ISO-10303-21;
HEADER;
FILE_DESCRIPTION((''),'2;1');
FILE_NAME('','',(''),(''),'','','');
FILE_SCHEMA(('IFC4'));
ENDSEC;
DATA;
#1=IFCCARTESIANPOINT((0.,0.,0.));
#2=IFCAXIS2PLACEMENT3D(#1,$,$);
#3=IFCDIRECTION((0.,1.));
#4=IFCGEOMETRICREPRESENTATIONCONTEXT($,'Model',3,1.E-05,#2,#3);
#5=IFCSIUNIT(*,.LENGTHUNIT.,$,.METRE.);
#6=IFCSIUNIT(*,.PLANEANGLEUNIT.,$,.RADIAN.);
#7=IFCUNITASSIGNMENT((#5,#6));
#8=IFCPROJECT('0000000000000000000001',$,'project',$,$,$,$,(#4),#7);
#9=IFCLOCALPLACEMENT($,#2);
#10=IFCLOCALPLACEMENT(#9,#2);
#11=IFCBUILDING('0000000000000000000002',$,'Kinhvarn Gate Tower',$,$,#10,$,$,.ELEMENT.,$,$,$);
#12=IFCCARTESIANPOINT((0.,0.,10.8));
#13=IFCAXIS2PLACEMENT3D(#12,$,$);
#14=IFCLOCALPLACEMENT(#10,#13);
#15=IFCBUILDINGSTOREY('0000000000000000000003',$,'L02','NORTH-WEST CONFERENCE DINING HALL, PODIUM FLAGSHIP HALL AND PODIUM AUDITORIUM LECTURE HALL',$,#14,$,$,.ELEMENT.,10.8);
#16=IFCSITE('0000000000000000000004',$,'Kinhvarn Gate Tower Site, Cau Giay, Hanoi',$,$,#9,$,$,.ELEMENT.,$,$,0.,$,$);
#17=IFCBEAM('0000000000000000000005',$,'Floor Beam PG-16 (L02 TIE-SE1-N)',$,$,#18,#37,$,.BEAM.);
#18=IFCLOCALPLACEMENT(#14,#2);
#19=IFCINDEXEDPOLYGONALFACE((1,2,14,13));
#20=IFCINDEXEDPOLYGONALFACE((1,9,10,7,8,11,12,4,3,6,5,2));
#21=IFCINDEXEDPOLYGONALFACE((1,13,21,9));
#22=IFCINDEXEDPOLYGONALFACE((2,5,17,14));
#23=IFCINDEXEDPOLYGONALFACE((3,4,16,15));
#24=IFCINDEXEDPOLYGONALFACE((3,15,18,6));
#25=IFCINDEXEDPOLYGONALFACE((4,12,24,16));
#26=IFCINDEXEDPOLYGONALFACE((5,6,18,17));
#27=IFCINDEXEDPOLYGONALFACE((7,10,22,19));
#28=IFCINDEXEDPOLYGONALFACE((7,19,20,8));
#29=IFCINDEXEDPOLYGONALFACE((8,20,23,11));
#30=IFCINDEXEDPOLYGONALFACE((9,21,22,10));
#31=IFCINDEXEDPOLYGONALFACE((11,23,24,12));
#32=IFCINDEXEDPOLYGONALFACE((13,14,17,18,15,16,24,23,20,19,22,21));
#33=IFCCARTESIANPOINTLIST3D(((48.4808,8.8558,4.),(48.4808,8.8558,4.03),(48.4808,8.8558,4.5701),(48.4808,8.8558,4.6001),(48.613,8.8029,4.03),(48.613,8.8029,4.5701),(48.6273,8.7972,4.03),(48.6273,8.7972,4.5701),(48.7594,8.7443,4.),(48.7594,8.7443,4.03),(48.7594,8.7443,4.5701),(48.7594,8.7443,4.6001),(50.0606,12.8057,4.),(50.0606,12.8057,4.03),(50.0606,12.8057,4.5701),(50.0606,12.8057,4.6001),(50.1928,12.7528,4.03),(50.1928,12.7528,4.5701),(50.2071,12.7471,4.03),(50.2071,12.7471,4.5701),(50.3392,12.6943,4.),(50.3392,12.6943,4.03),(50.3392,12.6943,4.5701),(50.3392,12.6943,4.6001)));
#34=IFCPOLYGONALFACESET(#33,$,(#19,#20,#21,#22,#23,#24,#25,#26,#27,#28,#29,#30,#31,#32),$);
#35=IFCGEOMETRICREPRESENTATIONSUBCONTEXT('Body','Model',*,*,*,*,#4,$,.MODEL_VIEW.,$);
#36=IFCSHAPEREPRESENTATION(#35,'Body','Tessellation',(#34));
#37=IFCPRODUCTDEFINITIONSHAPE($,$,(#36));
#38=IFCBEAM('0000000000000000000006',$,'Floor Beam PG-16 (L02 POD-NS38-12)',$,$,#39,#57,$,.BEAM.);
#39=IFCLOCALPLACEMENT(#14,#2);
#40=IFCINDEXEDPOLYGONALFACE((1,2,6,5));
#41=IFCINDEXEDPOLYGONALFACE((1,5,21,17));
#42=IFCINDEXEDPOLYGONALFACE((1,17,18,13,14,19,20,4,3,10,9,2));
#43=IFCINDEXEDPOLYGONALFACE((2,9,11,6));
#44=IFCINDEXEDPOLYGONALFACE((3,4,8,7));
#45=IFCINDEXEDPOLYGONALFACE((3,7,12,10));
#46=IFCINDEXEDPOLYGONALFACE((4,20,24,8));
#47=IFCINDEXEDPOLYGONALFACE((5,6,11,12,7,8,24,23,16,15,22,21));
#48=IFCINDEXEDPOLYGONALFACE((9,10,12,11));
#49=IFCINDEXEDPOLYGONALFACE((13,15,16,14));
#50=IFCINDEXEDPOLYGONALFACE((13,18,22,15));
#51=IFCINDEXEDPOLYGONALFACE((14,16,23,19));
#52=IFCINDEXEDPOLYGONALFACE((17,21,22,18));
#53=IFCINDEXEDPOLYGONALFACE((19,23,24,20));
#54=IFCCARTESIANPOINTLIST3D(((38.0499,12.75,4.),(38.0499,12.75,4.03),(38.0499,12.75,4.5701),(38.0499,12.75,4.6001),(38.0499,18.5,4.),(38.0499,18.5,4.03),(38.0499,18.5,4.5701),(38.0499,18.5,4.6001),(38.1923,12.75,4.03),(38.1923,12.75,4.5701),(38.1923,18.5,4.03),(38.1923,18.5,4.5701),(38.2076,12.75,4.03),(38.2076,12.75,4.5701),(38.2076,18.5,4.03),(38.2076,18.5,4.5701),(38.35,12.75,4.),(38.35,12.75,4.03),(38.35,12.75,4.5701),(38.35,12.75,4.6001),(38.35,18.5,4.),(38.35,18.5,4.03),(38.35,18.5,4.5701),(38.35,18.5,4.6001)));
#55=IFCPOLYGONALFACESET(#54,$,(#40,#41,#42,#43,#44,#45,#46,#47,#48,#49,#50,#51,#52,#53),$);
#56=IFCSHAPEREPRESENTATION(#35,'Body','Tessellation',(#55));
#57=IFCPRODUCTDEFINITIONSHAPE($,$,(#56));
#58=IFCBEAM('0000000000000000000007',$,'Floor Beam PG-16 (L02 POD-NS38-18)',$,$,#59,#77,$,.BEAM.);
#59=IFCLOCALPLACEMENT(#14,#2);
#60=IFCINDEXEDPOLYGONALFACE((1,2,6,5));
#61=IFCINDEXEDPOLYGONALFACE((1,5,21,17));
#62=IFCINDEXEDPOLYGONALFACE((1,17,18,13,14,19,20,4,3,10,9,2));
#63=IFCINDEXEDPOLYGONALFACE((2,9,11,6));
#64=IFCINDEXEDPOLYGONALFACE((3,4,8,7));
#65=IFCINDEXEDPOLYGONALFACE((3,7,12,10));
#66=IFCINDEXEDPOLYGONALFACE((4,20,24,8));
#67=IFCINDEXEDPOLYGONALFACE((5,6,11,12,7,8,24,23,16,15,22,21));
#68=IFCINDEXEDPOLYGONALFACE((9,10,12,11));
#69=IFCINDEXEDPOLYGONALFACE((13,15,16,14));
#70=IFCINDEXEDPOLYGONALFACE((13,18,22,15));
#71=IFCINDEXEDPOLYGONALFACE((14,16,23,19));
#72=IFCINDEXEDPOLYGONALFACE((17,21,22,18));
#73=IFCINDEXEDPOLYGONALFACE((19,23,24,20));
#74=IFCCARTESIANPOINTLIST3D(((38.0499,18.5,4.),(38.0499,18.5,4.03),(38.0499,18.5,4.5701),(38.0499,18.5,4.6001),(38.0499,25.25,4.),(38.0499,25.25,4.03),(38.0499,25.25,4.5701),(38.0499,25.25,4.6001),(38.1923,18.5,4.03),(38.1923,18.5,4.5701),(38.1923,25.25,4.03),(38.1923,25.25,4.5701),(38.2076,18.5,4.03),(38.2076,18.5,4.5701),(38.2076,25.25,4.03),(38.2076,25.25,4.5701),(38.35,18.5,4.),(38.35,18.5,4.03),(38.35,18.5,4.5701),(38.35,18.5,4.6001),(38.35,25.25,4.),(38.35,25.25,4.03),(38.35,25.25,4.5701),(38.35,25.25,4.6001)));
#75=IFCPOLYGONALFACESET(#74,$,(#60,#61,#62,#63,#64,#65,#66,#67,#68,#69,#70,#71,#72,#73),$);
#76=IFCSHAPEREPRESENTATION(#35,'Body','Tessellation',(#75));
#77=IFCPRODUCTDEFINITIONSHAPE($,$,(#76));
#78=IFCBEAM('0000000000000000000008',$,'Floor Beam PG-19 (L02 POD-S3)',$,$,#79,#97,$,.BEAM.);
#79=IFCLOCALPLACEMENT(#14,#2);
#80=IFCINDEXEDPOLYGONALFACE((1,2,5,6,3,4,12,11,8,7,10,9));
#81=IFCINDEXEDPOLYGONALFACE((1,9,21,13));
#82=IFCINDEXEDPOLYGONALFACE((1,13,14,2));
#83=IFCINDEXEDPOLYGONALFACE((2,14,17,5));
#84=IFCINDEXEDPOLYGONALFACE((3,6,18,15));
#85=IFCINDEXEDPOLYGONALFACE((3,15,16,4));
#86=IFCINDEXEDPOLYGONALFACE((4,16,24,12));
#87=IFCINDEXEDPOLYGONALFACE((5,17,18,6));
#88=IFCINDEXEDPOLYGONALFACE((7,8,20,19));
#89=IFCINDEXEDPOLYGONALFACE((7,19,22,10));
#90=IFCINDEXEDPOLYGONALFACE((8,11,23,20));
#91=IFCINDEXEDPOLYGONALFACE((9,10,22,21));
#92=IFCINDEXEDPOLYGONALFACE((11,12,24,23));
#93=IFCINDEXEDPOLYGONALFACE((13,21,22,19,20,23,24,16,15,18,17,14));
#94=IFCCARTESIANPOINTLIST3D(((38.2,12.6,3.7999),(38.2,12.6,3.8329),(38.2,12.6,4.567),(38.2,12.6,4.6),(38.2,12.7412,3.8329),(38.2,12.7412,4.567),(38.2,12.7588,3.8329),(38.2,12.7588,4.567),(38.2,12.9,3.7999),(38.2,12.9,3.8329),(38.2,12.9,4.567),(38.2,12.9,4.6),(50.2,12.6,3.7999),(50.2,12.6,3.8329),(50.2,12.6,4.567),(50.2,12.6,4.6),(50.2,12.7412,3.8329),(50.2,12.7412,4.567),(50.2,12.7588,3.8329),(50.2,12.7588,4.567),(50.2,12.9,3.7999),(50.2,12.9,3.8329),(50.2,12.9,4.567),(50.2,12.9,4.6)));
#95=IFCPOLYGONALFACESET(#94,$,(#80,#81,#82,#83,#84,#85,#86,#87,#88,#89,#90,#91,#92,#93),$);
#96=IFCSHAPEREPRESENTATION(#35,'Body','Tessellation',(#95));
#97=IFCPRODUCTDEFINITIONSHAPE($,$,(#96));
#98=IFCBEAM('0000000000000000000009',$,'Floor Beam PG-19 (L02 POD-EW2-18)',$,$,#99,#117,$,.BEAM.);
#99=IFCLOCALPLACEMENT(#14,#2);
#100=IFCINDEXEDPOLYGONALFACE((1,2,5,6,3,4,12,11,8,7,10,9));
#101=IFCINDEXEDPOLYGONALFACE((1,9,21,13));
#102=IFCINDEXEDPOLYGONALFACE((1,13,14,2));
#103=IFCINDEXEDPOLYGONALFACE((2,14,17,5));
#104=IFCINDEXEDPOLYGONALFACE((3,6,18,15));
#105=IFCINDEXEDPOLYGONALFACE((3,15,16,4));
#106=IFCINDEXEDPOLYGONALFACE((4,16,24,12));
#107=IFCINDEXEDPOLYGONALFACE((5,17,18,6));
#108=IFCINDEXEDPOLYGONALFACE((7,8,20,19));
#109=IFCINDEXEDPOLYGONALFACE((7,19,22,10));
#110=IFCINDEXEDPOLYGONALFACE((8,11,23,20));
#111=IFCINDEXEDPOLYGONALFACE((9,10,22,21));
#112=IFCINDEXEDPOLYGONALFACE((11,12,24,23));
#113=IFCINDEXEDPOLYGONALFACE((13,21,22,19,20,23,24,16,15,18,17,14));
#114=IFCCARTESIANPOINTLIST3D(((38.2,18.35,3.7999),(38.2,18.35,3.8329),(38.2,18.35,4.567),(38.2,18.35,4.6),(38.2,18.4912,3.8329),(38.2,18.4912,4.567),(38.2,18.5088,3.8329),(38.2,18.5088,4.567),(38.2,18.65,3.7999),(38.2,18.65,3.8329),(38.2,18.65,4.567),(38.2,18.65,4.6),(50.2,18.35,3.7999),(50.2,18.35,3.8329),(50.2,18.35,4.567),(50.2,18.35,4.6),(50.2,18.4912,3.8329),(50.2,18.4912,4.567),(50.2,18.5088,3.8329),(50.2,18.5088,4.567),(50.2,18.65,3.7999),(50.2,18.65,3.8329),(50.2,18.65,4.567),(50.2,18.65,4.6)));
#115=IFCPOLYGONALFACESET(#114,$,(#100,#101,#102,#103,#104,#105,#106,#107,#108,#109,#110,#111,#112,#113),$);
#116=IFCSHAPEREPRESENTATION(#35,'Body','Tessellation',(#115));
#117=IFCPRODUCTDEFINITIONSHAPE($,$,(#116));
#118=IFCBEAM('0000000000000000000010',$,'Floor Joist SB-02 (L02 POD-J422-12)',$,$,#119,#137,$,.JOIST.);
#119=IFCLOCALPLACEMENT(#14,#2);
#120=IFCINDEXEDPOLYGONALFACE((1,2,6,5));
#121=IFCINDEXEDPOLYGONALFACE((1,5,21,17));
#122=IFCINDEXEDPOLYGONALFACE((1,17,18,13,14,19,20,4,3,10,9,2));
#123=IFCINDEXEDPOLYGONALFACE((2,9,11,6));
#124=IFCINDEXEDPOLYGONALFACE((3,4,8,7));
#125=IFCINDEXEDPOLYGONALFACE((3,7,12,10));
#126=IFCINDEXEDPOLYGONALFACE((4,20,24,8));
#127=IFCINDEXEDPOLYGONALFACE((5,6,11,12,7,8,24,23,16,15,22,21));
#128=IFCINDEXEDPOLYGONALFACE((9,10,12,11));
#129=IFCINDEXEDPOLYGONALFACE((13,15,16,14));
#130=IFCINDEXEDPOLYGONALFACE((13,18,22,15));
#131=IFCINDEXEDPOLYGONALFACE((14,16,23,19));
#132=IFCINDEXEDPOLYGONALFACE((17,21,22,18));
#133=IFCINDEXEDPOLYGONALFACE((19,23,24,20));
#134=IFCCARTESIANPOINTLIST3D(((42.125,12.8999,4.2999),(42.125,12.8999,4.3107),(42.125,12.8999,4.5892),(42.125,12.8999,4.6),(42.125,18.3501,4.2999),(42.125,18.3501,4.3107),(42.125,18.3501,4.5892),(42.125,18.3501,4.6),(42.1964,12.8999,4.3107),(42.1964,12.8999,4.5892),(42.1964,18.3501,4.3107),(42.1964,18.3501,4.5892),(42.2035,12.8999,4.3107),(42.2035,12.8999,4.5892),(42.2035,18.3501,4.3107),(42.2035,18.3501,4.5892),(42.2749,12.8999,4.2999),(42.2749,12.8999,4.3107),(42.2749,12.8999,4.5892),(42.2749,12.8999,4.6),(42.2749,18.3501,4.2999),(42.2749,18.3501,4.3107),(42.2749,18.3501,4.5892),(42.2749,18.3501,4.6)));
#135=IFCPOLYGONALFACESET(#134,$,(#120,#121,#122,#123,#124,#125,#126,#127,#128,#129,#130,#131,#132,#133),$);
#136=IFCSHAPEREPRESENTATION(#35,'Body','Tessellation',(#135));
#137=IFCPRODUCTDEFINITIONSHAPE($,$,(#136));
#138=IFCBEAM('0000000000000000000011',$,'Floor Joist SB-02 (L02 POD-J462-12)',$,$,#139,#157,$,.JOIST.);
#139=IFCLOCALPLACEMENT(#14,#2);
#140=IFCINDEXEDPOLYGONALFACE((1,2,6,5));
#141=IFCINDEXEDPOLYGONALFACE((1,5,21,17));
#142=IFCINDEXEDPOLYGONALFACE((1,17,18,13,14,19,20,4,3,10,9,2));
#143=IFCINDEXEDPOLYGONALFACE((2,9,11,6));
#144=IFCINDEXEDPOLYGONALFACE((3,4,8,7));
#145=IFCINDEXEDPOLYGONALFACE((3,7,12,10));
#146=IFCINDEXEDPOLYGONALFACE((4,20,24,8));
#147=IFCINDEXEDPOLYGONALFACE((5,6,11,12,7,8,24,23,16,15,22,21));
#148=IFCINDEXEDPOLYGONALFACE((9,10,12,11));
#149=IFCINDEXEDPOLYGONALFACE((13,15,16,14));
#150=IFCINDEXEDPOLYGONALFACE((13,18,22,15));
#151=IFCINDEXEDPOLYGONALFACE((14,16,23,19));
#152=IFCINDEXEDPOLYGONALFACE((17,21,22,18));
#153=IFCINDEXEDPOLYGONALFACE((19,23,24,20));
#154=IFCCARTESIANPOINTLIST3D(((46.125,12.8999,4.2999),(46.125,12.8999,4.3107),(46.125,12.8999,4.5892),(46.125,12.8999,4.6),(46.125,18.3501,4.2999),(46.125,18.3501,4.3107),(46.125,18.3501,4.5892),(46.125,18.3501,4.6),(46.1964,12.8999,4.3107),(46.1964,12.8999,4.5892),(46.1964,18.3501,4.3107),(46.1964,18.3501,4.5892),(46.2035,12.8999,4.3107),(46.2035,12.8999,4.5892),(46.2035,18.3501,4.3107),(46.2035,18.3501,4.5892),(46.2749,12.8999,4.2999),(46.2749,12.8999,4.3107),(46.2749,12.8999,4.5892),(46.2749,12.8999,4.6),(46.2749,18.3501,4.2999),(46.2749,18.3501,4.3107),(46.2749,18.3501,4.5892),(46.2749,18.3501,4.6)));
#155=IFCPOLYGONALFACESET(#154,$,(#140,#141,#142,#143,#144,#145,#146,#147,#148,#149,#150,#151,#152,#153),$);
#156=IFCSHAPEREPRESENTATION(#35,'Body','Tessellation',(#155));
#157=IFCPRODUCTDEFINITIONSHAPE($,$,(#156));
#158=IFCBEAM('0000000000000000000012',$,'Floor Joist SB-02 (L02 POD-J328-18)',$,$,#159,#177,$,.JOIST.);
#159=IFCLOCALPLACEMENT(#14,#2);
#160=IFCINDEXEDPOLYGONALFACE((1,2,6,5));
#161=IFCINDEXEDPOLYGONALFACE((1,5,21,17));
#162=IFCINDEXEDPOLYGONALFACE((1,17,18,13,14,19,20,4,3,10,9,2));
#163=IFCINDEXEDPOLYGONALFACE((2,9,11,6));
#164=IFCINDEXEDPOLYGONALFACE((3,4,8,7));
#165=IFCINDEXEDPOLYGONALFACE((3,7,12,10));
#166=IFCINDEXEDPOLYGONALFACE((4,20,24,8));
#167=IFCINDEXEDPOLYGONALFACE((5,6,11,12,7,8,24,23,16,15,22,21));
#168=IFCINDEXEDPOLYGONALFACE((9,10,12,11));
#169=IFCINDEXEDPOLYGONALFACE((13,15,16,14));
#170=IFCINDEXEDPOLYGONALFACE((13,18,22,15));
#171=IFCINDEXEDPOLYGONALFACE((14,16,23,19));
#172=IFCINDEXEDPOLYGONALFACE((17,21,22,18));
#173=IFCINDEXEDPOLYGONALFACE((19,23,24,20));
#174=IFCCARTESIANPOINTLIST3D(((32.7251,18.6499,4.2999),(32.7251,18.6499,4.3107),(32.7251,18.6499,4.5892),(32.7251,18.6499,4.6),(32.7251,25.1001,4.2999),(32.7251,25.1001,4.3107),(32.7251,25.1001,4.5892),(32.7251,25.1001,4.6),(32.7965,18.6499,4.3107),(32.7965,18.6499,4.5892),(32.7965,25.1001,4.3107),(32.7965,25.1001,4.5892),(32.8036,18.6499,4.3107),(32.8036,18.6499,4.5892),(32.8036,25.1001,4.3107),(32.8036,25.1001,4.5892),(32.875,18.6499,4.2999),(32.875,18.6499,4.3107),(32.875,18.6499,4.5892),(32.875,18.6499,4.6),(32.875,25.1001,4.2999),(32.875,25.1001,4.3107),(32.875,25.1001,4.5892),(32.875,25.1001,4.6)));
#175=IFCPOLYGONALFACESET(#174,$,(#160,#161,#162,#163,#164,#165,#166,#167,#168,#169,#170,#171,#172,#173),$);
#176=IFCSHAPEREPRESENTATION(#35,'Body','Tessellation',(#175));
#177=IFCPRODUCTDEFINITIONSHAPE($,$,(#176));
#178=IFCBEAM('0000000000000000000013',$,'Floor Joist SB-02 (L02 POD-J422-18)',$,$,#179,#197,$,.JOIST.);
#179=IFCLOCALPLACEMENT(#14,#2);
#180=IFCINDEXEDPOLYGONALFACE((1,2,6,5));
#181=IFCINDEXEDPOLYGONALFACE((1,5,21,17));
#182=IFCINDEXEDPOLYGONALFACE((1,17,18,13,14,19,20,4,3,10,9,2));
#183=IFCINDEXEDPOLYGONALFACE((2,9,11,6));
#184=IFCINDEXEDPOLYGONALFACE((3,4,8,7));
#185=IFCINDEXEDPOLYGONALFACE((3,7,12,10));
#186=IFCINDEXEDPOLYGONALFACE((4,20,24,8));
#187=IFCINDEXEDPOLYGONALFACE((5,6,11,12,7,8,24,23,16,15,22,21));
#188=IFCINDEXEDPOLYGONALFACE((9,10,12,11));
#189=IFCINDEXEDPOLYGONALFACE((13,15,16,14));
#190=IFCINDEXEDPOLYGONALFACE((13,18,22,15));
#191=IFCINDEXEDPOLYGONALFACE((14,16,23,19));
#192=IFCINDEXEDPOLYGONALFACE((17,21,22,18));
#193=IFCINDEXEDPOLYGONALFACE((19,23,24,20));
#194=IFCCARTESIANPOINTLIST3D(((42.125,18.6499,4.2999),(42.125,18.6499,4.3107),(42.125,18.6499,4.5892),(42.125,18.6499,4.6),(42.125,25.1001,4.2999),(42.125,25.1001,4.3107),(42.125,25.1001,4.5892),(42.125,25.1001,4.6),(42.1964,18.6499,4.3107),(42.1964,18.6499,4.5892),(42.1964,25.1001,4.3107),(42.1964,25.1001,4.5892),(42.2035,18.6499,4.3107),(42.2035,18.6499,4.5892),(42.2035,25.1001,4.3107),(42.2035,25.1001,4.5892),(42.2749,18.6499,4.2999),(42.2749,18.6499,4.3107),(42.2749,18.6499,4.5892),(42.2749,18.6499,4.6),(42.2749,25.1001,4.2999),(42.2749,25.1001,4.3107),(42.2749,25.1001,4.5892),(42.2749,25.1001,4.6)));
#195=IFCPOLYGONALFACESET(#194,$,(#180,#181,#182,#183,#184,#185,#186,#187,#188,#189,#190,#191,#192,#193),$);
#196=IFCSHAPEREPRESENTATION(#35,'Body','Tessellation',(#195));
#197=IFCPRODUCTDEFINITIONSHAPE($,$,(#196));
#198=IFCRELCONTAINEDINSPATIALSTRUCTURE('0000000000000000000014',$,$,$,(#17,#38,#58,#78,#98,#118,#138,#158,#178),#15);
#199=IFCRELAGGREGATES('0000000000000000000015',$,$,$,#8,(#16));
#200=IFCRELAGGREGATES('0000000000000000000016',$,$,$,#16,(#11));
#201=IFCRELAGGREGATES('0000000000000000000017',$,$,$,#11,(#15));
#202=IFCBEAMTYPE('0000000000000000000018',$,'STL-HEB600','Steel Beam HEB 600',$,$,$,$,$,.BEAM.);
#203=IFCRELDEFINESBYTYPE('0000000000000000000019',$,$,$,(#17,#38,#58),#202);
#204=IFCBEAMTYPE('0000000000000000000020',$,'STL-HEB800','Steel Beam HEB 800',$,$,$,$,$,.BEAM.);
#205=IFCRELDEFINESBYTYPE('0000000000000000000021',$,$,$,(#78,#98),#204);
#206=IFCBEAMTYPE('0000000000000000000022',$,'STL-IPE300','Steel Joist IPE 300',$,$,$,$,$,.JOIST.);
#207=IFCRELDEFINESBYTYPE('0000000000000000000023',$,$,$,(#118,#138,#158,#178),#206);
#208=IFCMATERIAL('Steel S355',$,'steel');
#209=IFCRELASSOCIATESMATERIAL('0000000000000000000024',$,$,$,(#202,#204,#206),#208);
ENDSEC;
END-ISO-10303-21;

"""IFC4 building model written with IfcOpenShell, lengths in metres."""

from ifc_helpers import new_model, si_unit, direction, frame, origin, origin_2d, place, context, subcontext, project, spatial, i_section, extrude, material, material_profile, profile_set, type_object, element, save


model = new_model("IFC4")

# Units and contexts
model_context = context("Model", 3, precision=1e-05, world=origin(), true_north=direction((0.0, 1.0)))
body_context = subcontext(model_context, "Body", "Model", "MODEL_VIEW")
ifc_project = project(units=[si_unit("LENGTHUNIT", "METRE"), si_unit("PLANEANGLEUNIT", "RADIAN")], contexts=[model_context])

# Site, building, storey
site_placement = place(None, origin())
site = spatial("IfcSite", under=ifc_project, at=site_placement, Name="Kinhvarn Gate Tower Site, Cau Giay, Hanoi", CompositionType="ELEMENT", RefElevation=0.0)
building_placement = place(site_placement, origin())
building = spatial("IfcBuilding", under=site, at=building_placement, Name="Kinhvarn Gate Tower", CompositionType="ELEMENT")
storey_placement = place(building_placement, frame((0.0, 0.0, 10.8)))
storey = spatial("IfcBuildingStorey", under=building, at=storey_placement, Name="L02", Description="NORTH-WEST CONFERENCE DINING HALL, PODIUM FLAGSHIP HALL AND PODIUM AUDITORIUM LECTURE HALL", CompositionType="ELEMENT", Elevation=10.8)

# Beams
ifc_material_1 = material(Name="Steel S355", Category="steel")
ifc_material_profile_1 = material_profile(ifc_material_1, i_section(OverallWidth=0.3, OverallDepth=0.6001, WebThickness=0.0154, FlangeThickness=0.03, at=origin_2d()), Name="HEB 600")
ifc_profile_set_1 = profile_set([ifc_material_profile_1], Name="Steel S355")
beam_type_1 = type_object("IfcBeamType", Name="STL-HEB600", Description="Steel Beam HEB 600", PredefinedType="BEAM", material=ifc_profile_set_1)
beam_1_placement = place(storey_placement, frame((48.6201, 8.8, 4.3), z_axis=(0.371361, 0.928489, 0.0), x_axis=(-0.928489, 0.371361, 0.0)))
element("IfcBeam", 1, at=beam_1_placement, inside=storey, type_object=beam_type_1, Name="Floor Beam PG-16 (L02 TIE-SE1-N)", PredefinedType="BEAM", context=body_context, shape_type="SweptSolid", body=[
    extrude(i_section(OverallWidth=0.3, OverallDepth=0.6001, WebThickness=0.0154, FlangeThickness=0.03, at=origin_2d()), origin(), (0.0, 0.0, 1.0), 4.2542),
])
beam_2_placement = place(storey_placement, frame((38.2, 12.75, 4.3), z_axis=(0.0, 1.0, 0.0), x_axis=(-1.0, 0.0, 0.0)))
element("IfcBeam", 2, at=beam_2_placement, inside=storey, type_object=beam_type_1, Name="Floor Beam PG-16 (L02 POD-NS38-12)", PredefinedType="BEAM", context=body_context, shape_type="SweptSolid", body=[
    extrude(i_section(OverallWidth=0.3, OverallDepth=0.6001, WebThickness=0.0154, FlangeThickness=0.03, at=origin_2d()), origin(), (0.0, 0.0, 1.0), 5.75),
])
beam_3_placement = place(storey_placement, frame((38.2, 18.5, 4.3), z_axis=(0.0, 1.0, 0.0), x_axis=(-1.0, 0.0, 0.0)))
element("IfcBeam", 3, at=beam_3_placement, inside=storey, type_object=beam_type_1, Name="Floor Beam PG-16 (L02 POD-NS38-18)", PredefinedType="BEAM", context=body_context, shape_type="SweptSolid", body=[
    extrude(i_section(OverallWidth=0.3, OverallDepth=0.6001, WebThickness=0.0154, FlangeThickness=0.03, at=origin_2d()), origin(), (0.0, 0.0, 1.0), 6.75),
])
ifc_material_profile_2 = material_profile(ifc_material_1, i_section(OverallWidth=0.3, OverallDepth=0.8, WebThickness=0.0176, FlangeThickness=0.033, at=origin_2d()), Name="HEB 800")
ifc_profile_set_2 = profile_set([ifc_material_profile_2], Name="Steel S355")
beam_type_2 = type_object("IfcBeamType", Name="STL-HEB800", Description="Steel Beam HEB 800", PredefinedType="BEAM", material=ifc_profile_set_2)
for number, where, z_axis, x_axis, name in (
    (4, (38.2, 12.75, 4.2), (1.0, 0.0, 0.0), (0.0, 1.0, 0.0), "Floor Beam PG-19 (L02 POD-S3)"),
    (5, (38.2, 18.5, 4.2), (1.0, 0.0, 0.0), (0.0, 1.0, 0.0), "Floor Beam PG-19 (L02 POD-EW2-18)"),
):
    element("IfcBeam", number, at=place(storey_placement, frame(where, z_axis=z_axis, x_axis=x_axis)), inside=storey, type_object=beam_type_2, Name=name, PredefinedType="BEAM", context=body_context, shape_type="SweptSolid", body=[
        extrude(i_section(OverallWidth=0.3, OverallDepth=0.8, WebThickness=0.0176, FlangeThickness=0.033, at=origin_2d()), origin(), (0.0, 0.0, 1.0), 12.0),
    ])
ifc_material_profile_3 = material_profile(ifc_material_1, i_section(OverallWidth=0.1499, OverallDepth=0.3, WebThickness=0.0071, FlangeThickness=0.0107, at=origin_2d()), Name="IPE 300")
ifc_profile_set_3 = profile_set([ifc_material_profile_3], Name="Steel S355")
beam_type_3 = type_object("IfcBeamType", Name="STL-IPE300", Description="Steel Joist IPE 300", PredefinedType="JOIST", material=ifc_profile_set_3)
for number, where, z_axis, x_axis, name in (
    (6, (42.2, 12.8999, 4.45), (0.0, 1.0, 0.0), (-1.0, 0.0, 0.0), "Floor Joist SB-02 (L02 POD-J422-12)"),
    (7, (46.2, 12.8999, 4.45), (0.0, 1.0, 0.0), (-1.0, 0.0, 0.0), "Floor Joist SB-02 (L02 POD-J462-12)"),
):
    element("IfcBeam", number, at=place(storey_placement, frame(where, z_axis=z_axis, x_axis=x_axis)), inside=storey, type_object=beam_type_3, Name=name, PredefinedType="JOIST", context=body_context, shape_type="SweptSolid", body=[
        extrude(i_section(OverallWidth=0.1499, OverallDepth=0.3, WebThickness=0.0071, FlangeThickness=0.0107, at=origin_2d()), origin(), (0.0, 0.0, 1.0), 5.4502),
    ])
for number, where, z_axis, x_axis, name in (
    (8, (32.8, 18.6499, 4.45), (0.0, 1.0, 0.0), (-1.0, 0.0, 0.0), "Floor Joist SB-02 (L02 POD-J328-18)"),
    (9, (42.2, 18.6499, 4.45), (0.0, 1.0, 0.0), (-1.0, 0.0, 0.0), "Floor Joist SB-02 (L02 POD-J422-18)"),
):
    element("IfcBeam", number, at=place(storey_placement, frame(where, z_axis=z_axis, x_axis=x_axis)), inside=storey, type_object=beam_type_3, Name=name, PredefinedType="JOIST", context=body_context, shape_type="SweptSolid", body=[
        extrude(i_section(OverallWidth=0.1499, OverallDepth=0.3, WebThickness=0.0071, FlangeThickness=0.0107, at=origin_2d()), origin(), (0.0, 0.0, 1.0), 6.4502),
    ])

save(model, "model.ifc")
